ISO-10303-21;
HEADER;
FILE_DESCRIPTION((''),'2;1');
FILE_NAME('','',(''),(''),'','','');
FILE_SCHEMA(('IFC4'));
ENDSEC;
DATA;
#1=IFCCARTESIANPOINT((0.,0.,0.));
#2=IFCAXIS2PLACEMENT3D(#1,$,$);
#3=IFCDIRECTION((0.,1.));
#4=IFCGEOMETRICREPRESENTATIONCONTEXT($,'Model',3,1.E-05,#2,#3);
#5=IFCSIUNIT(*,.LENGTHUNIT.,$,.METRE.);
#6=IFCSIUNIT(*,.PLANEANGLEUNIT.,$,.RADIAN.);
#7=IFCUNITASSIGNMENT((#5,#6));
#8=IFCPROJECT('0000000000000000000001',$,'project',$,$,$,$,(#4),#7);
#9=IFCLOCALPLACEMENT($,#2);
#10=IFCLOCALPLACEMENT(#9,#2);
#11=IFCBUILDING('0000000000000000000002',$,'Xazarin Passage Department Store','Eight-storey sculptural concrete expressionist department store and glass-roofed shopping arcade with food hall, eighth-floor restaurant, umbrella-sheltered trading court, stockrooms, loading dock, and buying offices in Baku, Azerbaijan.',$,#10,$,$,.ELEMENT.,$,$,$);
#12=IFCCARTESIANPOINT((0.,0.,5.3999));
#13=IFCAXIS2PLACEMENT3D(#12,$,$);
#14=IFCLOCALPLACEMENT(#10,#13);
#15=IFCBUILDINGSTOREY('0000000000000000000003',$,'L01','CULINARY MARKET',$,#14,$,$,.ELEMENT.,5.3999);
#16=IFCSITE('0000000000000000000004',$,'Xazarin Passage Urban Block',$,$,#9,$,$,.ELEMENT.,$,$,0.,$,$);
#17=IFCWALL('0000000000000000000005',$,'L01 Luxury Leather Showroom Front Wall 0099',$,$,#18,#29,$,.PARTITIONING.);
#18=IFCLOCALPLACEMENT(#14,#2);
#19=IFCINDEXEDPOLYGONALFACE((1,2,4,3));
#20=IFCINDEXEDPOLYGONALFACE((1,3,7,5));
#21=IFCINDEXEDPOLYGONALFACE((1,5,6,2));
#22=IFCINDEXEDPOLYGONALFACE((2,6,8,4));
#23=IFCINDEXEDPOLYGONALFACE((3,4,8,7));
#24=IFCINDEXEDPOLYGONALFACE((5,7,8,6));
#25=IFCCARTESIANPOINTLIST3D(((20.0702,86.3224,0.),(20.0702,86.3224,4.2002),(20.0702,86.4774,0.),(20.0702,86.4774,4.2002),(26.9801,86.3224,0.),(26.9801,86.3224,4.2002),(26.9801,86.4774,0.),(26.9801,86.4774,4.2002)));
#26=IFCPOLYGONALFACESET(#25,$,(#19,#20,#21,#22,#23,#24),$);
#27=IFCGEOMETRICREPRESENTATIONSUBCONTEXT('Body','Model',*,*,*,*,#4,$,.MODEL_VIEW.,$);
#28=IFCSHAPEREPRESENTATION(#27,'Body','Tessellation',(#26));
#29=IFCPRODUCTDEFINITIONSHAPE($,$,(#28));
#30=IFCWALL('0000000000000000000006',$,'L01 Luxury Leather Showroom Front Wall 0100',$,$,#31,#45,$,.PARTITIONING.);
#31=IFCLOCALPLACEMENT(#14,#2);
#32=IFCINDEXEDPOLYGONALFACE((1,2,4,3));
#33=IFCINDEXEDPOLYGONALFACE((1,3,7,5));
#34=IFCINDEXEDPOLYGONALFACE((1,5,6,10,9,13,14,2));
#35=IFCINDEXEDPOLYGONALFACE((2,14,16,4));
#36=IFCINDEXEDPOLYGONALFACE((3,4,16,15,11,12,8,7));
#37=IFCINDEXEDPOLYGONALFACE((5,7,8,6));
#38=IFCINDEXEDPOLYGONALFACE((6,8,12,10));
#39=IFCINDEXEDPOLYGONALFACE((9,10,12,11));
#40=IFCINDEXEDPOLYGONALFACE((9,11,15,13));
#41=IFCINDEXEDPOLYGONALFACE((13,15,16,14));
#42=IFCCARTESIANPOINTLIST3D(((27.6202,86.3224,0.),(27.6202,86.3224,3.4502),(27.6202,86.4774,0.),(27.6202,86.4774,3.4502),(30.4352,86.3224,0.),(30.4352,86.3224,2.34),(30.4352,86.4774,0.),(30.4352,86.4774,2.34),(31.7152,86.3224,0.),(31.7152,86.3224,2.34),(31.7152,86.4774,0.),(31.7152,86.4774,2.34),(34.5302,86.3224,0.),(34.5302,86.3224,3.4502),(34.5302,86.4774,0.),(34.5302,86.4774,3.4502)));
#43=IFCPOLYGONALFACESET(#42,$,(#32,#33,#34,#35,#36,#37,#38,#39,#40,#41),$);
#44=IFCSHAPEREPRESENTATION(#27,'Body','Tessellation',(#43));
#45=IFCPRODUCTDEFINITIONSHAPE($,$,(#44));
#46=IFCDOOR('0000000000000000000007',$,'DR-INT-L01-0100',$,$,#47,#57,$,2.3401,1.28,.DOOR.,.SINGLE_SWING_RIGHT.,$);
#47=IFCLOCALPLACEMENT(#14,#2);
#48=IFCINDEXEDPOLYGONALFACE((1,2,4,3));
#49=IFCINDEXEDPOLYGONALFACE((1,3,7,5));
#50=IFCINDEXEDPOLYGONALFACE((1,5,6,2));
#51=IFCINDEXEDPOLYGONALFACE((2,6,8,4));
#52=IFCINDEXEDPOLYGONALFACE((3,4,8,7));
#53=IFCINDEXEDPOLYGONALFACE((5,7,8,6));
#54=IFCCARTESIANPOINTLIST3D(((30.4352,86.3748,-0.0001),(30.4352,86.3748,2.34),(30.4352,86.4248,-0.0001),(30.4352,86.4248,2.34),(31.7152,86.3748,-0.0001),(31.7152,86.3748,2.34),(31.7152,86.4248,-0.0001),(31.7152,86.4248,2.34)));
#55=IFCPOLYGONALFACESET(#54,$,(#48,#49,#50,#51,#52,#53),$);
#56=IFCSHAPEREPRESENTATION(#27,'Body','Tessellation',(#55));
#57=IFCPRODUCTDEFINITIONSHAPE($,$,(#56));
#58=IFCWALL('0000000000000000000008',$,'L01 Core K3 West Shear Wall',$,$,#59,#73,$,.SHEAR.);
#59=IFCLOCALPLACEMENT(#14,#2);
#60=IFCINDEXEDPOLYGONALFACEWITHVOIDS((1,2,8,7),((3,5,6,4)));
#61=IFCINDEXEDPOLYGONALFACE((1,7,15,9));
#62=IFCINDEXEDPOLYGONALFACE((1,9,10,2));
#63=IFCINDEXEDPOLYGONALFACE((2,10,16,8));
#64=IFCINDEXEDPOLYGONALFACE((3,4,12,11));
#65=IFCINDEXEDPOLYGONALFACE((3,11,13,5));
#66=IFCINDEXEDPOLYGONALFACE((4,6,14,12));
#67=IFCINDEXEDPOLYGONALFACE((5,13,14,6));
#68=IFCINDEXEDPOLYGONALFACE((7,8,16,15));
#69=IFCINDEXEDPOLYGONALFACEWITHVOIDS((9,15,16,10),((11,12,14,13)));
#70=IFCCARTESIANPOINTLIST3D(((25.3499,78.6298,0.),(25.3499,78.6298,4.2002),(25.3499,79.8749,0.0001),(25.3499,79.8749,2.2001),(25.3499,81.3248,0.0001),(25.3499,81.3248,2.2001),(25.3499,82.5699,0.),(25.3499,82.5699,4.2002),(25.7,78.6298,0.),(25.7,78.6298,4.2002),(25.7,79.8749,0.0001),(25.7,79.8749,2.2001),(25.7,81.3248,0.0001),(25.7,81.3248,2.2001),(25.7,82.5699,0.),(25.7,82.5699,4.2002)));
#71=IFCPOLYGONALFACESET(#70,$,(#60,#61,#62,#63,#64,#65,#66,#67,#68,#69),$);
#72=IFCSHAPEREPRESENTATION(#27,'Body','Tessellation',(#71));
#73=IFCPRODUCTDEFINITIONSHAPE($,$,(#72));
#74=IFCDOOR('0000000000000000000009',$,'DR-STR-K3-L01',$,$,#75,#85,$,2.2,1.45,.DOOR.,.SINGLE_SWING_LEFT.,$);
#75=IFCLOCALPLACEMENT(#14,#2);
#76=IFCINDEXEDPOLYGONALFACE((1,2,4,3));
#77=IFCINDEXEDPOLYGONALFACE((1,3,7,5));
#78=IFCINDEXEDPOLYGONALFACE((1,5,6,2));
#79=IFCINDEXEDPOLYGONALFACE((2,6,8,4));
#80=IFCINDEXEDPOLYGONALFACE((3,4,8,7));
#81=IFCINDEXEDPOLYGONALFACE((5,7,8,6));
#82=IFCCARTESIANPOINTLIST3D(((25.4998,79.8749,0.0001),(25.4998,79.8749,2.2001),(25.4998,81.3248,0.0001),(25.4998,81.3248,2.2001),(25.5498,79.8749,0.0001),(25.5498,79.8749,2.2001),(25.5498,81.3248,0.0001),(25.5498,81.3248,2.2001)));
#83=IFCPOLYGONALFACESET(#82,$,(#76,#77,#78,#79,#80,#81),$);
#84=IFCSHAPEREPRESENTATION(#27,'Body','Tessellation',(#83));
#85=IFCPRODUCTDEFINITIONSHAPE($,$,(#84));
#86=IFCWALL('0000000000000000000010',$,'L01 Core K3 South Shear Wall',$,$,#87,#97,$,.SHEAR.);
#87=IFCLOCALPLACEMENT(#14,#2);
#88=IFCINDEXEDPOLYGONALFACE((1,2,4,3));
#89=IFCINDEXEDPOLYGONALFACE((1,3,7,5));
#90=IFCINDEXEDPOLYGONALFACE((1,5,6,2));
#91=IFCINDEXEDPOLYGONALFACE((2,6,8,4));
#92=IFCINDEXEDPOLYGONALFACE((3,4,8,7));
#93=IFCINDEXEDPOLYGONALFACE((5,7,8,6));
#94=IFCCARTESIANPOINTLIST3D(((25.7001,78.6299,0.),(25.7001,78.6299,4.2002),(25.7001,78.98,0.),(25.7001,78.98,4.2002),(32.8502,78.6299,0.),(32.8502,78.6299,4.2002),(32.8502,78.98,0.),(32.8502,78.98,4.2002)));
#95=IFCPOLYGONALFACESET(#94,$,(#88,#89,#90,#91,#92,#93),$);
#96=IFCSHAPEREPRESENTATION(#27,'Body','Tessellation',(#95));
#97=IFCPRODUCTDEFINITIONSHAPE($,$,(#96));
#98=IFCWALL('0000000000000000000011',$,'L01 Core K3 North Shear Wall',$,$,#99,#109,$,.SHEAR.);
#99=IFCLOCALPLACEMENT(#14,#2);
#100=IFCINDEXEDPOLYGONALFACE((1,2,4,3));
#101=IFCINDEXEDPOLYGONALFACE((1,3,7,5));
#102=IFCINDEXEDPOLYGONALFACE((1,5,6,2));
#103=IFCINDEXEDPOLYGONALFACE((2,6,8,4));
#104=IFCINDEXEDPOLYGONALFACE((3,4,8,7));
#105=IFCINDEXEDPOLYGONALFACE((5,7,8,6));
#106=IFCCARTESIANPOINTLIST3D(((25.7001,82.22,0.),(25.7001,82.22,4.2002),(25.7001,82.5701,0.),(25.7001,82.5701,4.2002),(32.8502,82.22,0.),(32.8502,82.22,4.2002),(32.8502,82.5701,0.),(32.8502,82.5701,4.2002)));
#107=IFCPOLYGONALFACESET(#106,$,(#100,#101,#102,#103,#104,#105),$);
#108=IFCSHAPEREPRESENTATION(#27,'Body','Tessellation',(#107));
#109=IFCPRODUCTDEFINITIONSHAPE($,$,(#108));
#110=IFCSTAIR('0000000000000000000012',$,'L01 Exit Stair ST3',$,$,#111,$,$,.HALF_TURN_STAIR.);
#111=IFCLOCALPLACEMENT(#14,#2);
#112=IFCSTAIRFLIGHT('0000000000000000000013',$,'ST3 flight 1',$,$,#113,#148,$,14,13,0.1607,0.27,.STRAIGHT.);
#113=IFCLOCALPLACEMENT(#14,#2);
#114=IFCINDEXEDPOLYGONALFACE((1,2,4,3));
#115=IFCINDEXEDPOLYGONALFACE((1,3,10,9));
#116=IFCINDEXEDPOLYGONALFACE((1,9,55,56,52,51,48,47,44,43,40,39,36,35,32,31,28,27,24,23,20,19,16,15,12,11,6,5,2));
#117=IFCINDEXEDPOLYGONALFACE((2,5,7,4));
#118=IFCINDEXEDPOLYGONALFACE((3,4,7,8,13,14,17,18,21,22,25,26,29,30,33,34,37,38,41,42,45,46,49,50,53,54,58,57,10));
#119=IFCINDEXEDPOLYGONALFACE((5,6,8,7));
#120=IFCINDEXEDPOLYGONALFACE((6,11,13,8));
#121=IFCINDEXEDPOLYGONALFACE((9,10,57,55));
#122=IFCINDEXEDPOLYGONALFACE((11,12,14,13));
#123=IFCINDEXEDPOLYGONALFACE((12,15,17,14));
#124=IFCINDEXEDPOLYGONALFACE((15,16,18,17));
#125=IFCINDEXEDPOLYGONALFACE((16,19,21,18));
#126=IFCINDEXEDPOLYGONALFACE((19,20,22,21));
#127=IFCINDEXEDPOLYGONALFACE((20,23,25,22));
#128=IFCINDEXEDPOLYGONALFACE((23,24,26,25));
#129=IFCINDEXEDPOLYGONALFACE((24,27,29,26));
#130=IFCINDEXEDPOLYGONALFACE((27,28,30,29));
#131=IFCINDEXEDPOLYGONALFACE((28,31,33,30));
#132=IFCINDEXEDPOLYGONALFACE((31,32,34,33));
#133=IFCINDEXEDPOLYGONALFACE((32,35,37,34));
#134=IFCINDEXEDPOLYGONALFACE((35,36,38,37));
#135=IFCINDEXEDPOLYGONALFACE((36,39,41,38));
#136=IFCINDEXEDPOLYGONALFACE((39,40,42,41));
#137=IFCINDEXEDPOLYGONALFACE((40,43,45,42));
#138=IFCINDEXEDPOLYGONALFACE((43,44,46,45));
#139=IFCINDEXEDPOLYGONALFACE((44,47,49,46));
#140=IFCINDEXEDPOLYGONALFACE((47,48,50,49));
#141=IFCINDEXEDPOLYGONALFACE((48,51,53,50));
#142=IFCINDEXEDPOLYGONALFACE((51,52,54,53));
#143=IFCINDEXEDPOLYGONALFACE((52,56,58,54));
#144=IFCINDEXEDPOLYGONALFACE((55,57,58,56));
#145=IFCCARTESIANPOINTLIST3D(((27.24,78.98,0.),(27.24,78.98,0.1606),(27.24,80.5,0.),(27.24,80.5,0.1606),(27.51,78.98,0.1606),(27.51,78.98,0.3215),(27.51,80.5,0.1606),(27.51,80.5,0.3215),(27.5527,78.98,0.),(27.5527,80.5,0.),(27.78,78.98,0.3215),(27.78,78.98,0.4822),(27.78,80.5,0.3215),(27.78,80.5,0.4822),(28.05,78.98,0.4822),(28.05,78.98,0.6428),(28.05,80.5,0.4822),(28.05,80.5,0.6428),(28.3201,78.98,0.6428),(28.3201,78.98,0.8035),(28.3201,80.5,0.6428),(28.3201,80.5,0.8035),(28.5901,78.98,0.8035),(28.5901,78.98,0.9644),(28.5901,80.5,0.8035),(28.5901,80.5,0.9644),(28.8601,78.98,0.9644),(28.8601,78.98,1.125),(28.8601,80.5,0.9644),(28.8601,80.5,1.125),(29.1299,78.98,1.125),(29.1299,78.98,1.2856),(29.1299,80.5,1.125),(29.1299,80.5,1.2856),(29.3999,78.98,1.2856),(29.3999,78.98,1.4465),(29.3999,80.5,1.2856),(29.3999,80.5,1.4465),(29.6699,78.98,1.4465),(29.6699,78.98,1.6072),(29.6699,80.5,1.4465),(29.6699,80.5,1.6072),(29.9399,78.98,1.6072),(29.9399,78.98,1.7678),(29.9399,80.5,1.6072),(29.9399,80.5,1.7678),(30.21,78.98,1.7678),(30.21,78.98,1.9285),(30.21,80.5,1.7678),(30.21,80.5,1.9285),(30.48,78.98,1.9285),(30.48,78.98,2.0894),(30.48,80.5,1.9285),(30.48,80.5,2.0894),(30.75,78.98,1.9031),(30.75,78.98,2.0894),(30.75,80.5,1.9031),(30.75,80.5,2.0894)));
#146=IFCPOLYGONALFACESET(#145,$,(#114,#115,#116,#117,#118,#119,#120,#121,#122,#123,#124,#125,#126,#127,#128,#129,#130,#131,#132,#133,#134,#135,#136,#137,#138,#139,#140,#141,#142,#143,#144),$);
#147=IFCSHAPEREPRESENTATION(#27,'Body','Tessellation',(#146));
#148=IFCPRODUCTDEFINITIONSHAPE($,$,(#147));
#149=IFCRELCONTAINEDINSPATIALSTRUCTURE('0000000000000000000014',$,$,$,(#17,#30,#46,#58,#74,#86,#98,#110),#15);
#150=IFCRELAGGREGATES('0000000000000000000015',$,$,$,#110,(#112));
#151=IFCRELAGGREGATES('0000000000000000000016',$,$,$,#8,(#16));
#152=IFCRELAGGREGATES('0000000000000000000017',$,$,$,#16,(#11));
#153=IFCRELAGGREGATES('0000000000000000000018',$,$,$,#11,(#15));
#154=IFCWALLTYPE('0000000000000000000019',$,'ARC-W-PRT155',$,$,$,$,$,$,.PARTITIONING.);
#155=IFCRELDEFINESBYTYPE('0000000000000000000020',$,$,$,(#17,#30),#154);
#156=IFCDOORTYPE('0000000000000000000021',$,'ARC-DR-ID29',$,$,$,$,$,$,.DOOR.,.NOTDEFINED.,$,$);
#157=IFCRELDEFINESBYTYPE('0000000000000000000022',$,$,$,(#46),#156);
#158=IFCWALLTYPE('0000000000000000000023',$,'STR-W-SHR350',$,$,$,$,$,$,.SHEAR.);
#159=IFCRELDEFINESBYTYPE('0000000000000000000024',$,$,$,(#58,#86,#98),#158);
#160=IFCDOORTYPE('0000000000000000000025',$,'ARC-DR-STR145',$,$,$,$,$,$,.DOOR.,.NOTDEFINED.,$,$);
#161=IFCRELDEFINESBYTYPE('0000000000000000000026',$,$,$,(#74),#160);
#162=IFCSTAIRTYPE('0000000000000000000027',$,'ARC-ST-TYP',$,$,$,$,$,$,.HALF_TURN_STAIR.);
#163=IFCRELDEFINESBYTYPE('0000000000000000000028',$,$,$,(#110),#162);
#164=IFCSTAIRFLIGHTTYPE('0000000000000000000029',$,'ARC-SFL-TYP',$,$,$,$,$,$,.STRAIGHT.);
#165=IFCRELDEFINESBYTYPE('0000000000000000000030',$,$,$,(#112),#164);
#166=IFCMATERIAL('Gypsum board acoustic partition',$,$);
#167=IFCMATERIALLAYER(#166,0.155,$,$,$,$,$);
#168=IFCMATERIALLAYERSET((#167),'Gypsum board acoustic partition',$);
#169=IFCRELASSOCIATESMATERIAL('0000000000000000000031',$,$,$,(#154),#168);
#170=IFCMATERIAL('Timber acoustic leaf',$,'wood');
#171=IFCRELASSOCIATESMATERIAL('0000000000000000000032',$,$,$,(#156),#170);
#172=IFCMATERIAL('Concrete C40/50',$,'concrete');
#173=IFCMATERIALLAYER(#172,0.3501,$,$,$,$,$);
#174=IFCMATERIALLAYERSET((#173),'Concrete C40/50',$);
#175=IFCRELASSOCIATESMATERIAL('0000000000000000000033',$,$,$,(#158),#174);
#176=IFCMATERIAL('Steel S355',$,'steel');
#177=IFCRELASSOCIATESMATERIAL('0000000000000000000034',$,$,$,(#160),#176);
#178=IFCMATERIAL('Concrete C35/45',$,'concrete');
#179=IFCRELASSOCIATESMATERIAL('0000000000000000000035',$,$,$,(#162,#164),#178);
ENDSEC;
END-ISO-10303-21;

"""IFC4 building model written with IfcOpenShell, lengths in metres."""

from ifc_helpers import new_model, si_unit, direction, frame, frame_2d, origin, place, context, subcontext, project, spatial, polyline, rectangle, outline, extrude, material, layer, layer_set, type_object, element, fill, aggregate, save


model = new_model("IFC4")

# Units and contexts
model_context = context("Model", 3, precision=1e-05, world=origin(), true_north=direction((0.0, 1.0)))
body_context = subcontext(model_context, "Body", "Model", "MODEL_VIEW")
ifc_project = project(units=[si_unit("LENGTHUNIT", "METRE"), si_unit("PLANEANGLEUNIT", "RADIAN")], contexts=[model_context])

# Site, building, storey
site_placement = place(None, origin())
site = spatial("IfcSite", under=ifc_project, at=site_placement, Name="Xazarin Passage Urban Block", CompositionType="ELEMENT", RefElevation=0.0)
building_placement = place(site_placement, origin())
building = spatial("IfcBuilding", under=site, at=building_placement, Name="Xazarin Passage Department Store", Description="Eight-storey sculptural concrete expressionist department store and glass-roofed shopping arcade with food hall, eighth-floor restaurant, umbrella-sheltered trading court, stockrooms, loading dock, and buying offices in Baku, Azerbaijan.", CompositionType="ELEMENT")
storey_placement = place(building_placement, frame((0.0, 0.0, 5.3999)))
storey = spatial("IfcBuildingStorey", under=building, at=storey_placement, Name="L01", Description="CULINARY MARKET", CompositionType="ELEMENT", Elevation=5.3999)

# Shared definitions
ifc_material_1 = material(Name="Concrete C40/50", Category="concrete")

# Shared definitions
ifc_material_2 = material(Name="Concrete C35/45", Category="concrete")

# Shared definitions
ifc_material_3 = material(Name="Timber acoustic leaf", Category="wood")
ifc_material_4 = material(Name="Gypsum board acoustic partition")

# Wall
ifc_layer_1 = layer(ifc_material_4, 0.155)
ifc_layer_set_1 = layer_set([ifc_layer_1], Name="Gypsum board acoustic partition")
wall_type_1 = type_object("IfcWallType", Name="ARC-W-PRT155", PredefinedType="PARTITIONING", material=ifc_layer_set_1)
wall_1_placement = place(storey_placement, frame((20.0701, 86.3999, 0.0), z_axis=(0.0, 0.0, 1.0), x_axis=(1.0, 0.0, 0.0)))
element("IfcWall", 1, at=wall_1_placement, inside=storey, type_object=wall_type_1, Name="L01 Luxury Leather Showroom Front Wall 0099", PredefinedType="PARTITIONING", context=body_context, shape_type="SweptSolid", body=[
    extrude(rectangle(XDim=6.9099, YDim=0.155, at=frame_2d((3.4551, 0.0))), origin(), (0.0, 0.0, 1.0), 4.2002),
])

# Walls, openings, doors
wall_2_placement = place(storey_placement, frame((27.6201, 86.3999, 0.0), z_axis=(0.0, 0.0, 1.0), x_axis=(1.0, 0.0, 0.0)))
wall_2 = element("IfcWall", 2, at=wall_2_placement, inside=storey, type_object=wall_type_1, Name="L01 Luxury Leather Showroom Front Wall 0100", PredefinedType="PARTITIONING", context=body_context, shape_type="SweptSolid", body=[
    extrude(rectangle(XDim=6.9099, YDim=0.155, at=frame_2d((3.4551, 0.0))), origin(), (0.0, 0.0, 1.0), 3.4502),
])
opening_1_placement = place(wall_2_placement, frame((2.8149, 0.0, 0.0)))
opening_1 = element("IfcOpeningElement", 3, at=opening_1_placement, cuts=wall_2, PredefinedType="OPENING", context=body_context, shape_type="SweptSolid", body=[
    extrude(rectangle(XDim=1.28, YDim=2.3401, at=frame_2d((0.6401, 1.1699))), frame((0.0, 0.0874, 0.0), z_axis=(0.0, -1.0, 0.0), x_axis=(1.0, 0.0, 0.0)), (0.0, 0.0, 1.0), 0.175),
])
door_type_1 = type_object("IfcDoorType", Name="ARC-DR-ID29", OperationType="NOTDEFINED", PredefinedType="DOOR", material=ifc_material_3)
door_1_placement = place(opening_1_placement, origin())
door_1 = element("IfcDoor", 4, at=door_1_placement, inside=storey, type_object=door_type_1, Name="DR-INT-L01-0100", OperationType="SINGLE_SWING_RIGHT", OverallHeight=2.3401, OverallWidth=1.28, PredefinedType="DOOR", context=body_context, shape_type="SweptSolid", body=[
    extrude(rectangle(XDim=1.28, YDim=2.3401, at=frame_2d((0.6401, 1.1699))), frame((0.0, 0.0249, 0.0), z_axis=(0.0, -1.0, 0.0), x_axis=(1.0, 0.0, 0.0)), (0.0, 0.0, 1.0), 0.05),
])
fill(opening_1, door_1)
ifc_layer_2 = layer(ifc_material_1, 0.3501)
ifc_layer_set_2 = layer_set([ifc_layer_2], Name="Concrete C40/50")
wall_type_2 = type_object("IfcWallType", Name="STR-W-SHR350", PredefinedType="SHEAR", material=ifc_layer_set_2)
wall_3_placement = place(storey_placement, frame((25.5249, 82.5701, 0.0), z_axis=(0.0, 0.0, 1.0), x_axis=(0.0, -1.0, 0.0)))
wall_3 = element("IfcWall", 5, at=wall_3_placement, inside=storey, type_object=wall_type_2, Name="L01 Core K3 West Shear Wall", PredefinedType="SHEAR", context=body_context, shape_type="SweptSolid", body=[
    extrude(rectangle(XDim=3.9402, YDim=0.3501, at=frame_2d((1.9702, 0.0))), origin(), (0.0, 0.0, 1.0), 4.2002),
])
opening_2_placement = place(wall_3_placement, frame((1.2451, 0.0, 0.0)))
opening_2 = element("IfcOpeningElement", 6, at=opening_2_placement, cuts=wall_3, PredefinedType="OPENING", context=body_context, shape_type="SweptSolid", body=[
    extrude(rectangle(XDim=1.45, YDim=2.2, at=frame_2d((0.7251, 1.1001))), frame((0.0, 0.1851, 0.0), z_axis=(0.0, -1.0, 0.0), x_axis=(1.0, 0.0, 0.0)), (0.0, 0.0, 1.0), 0.3701),
])
ifc_material_5 = material(Name="Steel S355", Category="steel")
door_type_2 = type_object("IfcDoorType", Name="ARC-DR-STR145", OperationType="NOTDEFINED", PredefinedType="DOOR", material=ifc_material_5)
door_2_placement = place(opening_2_placement, origin())
door_2 = element("IfcDoor", 7, at=door_2_placement, inside=storey, type_object=door_type_2, Name="DR-STR-K3-L01", OperationType="SINGLE_SWING_LEFT", OverallHeight=2.2, OverallWidth=1.45, PredefinedType="DOOR", context=body_context, shape_type="SweptSolid", body=[
    extrude(rectangle(XDim=1.45, YDim=2.2, at=frame_2d((0.7251, 1.1001))), frame((0.0, 0.0249, 0.0), z_axis=(0.0, -1.0, 0.0), x_axis=(1.0, 0.0, 0.0)), (0.0, 0.0, 1.0), 0.05),
])
fill(opening_2, door_2)

# Walls
for number, where, z_axis, x_axis, name in (
    (8, (25.7, 78.8049, 0.0), (0.0, 0.0, 1.0), (1.0, 0.0, 0.0), "L01 Core K3 South Shear Wall"),
    (9, (25.7, 82.395, 0.0), (0.0, 0.0, 1.0), (1.0, 0.0, 0.0), "L01 Core K3 North Shear Wall"),
):
    element("IfcWall", number, at=place(storey_placement, frame(where, z_axis=z_axis, x_axis=x_axis)), inside=storey, type_object=wall_type_2, Name=name, PredefinedType="SHEAR", context=body_context, shape_type="SweptSolid", body=[
        extrude(rectangle(XDim=7.1501, YDim=0.3501, at=frame_2d((3.5752, 0.0))), origin(), (0.0, 0.0, 1.0), 4.2002),
    ])

# Stair, stair flight
stair_type = type_object("IfcStairType", Name="ARC-ST-TYP", PredefinedType="HALF_TURN_STAIR", material=ifc_material_2)
stair_placement = place(storey_placement, origin())
stair = element("IfcStair", 10, at=stair_placement, inside=storey, type_object=stair_type, Name="L01 Exit Stair ST3", PredefinedType="HALF_TURN_STAIR")
stair_flight_type = type_object("IfcStairFlightType", Name="ARC-SFL-TYP", PredefinedType="STRAIGHT", material=ifc_material_2)
stair_flight_1_placement = place(storey_placement, frame((27.24, 79.74, 0.0), z_axis=(0.0, 0.0, 1.0), x_axis=(1.0, 0.0, 0.0)))
stair_flight_1 = element("IfcStairFlight", 11, at=stair_flight_1_placement, type_object=stair_flight_type, Name="ST3 flight 1", NumberOfRisers=14, NumberOfTreads=13, PredefinedType="STRAIGHT", RiserHeight=0.1607, TreadLength=0.27, context=body_context, shape_type="SweptSolid", body=[
    extrude(outline(polyline([(0.0, 0.0), (0.0, 0.1606), (0.27, 0.1606), (0.27, 0.3215), (0.54, 0.3215), (0.54, 0.4822), (0.8101, 0.4822), (0.8101, 0.6428), (1.0801, 0.6428), (1.0801, 0.8035), (1.3501, 0.8035), (1.3501, 0.9644), (1.6201, 0.9644), (1.6201, 1.125), (1.8899, 1.125), (1.8899, 1.2856), (2.1599, 1.2856), (2.1599, 1.4465), (2.4299, 1.4465), (2.4299, 1.6072), (2.7, 1.6072), (2.7, 1.7678), (2.97, 1.7678), (2.97, 1.9285), (3.24, 1.9285), (3.24, 2.0894), (3.51, 2.0894), (3.51, 2.25), (3.51, 1.9031), (0.3127, 0.0), (0.0, 0.0)])), frame((0.0, 0.76, 0.0), z_axis=(0.0, -1.0, 0.0), x_axis=(1.0, 0.0, 0.0)), (0.0, 0.0, 1.0), 1.52),
])
aggregate(stair, [stair_flight_1])

save(model, "model.ifc")
